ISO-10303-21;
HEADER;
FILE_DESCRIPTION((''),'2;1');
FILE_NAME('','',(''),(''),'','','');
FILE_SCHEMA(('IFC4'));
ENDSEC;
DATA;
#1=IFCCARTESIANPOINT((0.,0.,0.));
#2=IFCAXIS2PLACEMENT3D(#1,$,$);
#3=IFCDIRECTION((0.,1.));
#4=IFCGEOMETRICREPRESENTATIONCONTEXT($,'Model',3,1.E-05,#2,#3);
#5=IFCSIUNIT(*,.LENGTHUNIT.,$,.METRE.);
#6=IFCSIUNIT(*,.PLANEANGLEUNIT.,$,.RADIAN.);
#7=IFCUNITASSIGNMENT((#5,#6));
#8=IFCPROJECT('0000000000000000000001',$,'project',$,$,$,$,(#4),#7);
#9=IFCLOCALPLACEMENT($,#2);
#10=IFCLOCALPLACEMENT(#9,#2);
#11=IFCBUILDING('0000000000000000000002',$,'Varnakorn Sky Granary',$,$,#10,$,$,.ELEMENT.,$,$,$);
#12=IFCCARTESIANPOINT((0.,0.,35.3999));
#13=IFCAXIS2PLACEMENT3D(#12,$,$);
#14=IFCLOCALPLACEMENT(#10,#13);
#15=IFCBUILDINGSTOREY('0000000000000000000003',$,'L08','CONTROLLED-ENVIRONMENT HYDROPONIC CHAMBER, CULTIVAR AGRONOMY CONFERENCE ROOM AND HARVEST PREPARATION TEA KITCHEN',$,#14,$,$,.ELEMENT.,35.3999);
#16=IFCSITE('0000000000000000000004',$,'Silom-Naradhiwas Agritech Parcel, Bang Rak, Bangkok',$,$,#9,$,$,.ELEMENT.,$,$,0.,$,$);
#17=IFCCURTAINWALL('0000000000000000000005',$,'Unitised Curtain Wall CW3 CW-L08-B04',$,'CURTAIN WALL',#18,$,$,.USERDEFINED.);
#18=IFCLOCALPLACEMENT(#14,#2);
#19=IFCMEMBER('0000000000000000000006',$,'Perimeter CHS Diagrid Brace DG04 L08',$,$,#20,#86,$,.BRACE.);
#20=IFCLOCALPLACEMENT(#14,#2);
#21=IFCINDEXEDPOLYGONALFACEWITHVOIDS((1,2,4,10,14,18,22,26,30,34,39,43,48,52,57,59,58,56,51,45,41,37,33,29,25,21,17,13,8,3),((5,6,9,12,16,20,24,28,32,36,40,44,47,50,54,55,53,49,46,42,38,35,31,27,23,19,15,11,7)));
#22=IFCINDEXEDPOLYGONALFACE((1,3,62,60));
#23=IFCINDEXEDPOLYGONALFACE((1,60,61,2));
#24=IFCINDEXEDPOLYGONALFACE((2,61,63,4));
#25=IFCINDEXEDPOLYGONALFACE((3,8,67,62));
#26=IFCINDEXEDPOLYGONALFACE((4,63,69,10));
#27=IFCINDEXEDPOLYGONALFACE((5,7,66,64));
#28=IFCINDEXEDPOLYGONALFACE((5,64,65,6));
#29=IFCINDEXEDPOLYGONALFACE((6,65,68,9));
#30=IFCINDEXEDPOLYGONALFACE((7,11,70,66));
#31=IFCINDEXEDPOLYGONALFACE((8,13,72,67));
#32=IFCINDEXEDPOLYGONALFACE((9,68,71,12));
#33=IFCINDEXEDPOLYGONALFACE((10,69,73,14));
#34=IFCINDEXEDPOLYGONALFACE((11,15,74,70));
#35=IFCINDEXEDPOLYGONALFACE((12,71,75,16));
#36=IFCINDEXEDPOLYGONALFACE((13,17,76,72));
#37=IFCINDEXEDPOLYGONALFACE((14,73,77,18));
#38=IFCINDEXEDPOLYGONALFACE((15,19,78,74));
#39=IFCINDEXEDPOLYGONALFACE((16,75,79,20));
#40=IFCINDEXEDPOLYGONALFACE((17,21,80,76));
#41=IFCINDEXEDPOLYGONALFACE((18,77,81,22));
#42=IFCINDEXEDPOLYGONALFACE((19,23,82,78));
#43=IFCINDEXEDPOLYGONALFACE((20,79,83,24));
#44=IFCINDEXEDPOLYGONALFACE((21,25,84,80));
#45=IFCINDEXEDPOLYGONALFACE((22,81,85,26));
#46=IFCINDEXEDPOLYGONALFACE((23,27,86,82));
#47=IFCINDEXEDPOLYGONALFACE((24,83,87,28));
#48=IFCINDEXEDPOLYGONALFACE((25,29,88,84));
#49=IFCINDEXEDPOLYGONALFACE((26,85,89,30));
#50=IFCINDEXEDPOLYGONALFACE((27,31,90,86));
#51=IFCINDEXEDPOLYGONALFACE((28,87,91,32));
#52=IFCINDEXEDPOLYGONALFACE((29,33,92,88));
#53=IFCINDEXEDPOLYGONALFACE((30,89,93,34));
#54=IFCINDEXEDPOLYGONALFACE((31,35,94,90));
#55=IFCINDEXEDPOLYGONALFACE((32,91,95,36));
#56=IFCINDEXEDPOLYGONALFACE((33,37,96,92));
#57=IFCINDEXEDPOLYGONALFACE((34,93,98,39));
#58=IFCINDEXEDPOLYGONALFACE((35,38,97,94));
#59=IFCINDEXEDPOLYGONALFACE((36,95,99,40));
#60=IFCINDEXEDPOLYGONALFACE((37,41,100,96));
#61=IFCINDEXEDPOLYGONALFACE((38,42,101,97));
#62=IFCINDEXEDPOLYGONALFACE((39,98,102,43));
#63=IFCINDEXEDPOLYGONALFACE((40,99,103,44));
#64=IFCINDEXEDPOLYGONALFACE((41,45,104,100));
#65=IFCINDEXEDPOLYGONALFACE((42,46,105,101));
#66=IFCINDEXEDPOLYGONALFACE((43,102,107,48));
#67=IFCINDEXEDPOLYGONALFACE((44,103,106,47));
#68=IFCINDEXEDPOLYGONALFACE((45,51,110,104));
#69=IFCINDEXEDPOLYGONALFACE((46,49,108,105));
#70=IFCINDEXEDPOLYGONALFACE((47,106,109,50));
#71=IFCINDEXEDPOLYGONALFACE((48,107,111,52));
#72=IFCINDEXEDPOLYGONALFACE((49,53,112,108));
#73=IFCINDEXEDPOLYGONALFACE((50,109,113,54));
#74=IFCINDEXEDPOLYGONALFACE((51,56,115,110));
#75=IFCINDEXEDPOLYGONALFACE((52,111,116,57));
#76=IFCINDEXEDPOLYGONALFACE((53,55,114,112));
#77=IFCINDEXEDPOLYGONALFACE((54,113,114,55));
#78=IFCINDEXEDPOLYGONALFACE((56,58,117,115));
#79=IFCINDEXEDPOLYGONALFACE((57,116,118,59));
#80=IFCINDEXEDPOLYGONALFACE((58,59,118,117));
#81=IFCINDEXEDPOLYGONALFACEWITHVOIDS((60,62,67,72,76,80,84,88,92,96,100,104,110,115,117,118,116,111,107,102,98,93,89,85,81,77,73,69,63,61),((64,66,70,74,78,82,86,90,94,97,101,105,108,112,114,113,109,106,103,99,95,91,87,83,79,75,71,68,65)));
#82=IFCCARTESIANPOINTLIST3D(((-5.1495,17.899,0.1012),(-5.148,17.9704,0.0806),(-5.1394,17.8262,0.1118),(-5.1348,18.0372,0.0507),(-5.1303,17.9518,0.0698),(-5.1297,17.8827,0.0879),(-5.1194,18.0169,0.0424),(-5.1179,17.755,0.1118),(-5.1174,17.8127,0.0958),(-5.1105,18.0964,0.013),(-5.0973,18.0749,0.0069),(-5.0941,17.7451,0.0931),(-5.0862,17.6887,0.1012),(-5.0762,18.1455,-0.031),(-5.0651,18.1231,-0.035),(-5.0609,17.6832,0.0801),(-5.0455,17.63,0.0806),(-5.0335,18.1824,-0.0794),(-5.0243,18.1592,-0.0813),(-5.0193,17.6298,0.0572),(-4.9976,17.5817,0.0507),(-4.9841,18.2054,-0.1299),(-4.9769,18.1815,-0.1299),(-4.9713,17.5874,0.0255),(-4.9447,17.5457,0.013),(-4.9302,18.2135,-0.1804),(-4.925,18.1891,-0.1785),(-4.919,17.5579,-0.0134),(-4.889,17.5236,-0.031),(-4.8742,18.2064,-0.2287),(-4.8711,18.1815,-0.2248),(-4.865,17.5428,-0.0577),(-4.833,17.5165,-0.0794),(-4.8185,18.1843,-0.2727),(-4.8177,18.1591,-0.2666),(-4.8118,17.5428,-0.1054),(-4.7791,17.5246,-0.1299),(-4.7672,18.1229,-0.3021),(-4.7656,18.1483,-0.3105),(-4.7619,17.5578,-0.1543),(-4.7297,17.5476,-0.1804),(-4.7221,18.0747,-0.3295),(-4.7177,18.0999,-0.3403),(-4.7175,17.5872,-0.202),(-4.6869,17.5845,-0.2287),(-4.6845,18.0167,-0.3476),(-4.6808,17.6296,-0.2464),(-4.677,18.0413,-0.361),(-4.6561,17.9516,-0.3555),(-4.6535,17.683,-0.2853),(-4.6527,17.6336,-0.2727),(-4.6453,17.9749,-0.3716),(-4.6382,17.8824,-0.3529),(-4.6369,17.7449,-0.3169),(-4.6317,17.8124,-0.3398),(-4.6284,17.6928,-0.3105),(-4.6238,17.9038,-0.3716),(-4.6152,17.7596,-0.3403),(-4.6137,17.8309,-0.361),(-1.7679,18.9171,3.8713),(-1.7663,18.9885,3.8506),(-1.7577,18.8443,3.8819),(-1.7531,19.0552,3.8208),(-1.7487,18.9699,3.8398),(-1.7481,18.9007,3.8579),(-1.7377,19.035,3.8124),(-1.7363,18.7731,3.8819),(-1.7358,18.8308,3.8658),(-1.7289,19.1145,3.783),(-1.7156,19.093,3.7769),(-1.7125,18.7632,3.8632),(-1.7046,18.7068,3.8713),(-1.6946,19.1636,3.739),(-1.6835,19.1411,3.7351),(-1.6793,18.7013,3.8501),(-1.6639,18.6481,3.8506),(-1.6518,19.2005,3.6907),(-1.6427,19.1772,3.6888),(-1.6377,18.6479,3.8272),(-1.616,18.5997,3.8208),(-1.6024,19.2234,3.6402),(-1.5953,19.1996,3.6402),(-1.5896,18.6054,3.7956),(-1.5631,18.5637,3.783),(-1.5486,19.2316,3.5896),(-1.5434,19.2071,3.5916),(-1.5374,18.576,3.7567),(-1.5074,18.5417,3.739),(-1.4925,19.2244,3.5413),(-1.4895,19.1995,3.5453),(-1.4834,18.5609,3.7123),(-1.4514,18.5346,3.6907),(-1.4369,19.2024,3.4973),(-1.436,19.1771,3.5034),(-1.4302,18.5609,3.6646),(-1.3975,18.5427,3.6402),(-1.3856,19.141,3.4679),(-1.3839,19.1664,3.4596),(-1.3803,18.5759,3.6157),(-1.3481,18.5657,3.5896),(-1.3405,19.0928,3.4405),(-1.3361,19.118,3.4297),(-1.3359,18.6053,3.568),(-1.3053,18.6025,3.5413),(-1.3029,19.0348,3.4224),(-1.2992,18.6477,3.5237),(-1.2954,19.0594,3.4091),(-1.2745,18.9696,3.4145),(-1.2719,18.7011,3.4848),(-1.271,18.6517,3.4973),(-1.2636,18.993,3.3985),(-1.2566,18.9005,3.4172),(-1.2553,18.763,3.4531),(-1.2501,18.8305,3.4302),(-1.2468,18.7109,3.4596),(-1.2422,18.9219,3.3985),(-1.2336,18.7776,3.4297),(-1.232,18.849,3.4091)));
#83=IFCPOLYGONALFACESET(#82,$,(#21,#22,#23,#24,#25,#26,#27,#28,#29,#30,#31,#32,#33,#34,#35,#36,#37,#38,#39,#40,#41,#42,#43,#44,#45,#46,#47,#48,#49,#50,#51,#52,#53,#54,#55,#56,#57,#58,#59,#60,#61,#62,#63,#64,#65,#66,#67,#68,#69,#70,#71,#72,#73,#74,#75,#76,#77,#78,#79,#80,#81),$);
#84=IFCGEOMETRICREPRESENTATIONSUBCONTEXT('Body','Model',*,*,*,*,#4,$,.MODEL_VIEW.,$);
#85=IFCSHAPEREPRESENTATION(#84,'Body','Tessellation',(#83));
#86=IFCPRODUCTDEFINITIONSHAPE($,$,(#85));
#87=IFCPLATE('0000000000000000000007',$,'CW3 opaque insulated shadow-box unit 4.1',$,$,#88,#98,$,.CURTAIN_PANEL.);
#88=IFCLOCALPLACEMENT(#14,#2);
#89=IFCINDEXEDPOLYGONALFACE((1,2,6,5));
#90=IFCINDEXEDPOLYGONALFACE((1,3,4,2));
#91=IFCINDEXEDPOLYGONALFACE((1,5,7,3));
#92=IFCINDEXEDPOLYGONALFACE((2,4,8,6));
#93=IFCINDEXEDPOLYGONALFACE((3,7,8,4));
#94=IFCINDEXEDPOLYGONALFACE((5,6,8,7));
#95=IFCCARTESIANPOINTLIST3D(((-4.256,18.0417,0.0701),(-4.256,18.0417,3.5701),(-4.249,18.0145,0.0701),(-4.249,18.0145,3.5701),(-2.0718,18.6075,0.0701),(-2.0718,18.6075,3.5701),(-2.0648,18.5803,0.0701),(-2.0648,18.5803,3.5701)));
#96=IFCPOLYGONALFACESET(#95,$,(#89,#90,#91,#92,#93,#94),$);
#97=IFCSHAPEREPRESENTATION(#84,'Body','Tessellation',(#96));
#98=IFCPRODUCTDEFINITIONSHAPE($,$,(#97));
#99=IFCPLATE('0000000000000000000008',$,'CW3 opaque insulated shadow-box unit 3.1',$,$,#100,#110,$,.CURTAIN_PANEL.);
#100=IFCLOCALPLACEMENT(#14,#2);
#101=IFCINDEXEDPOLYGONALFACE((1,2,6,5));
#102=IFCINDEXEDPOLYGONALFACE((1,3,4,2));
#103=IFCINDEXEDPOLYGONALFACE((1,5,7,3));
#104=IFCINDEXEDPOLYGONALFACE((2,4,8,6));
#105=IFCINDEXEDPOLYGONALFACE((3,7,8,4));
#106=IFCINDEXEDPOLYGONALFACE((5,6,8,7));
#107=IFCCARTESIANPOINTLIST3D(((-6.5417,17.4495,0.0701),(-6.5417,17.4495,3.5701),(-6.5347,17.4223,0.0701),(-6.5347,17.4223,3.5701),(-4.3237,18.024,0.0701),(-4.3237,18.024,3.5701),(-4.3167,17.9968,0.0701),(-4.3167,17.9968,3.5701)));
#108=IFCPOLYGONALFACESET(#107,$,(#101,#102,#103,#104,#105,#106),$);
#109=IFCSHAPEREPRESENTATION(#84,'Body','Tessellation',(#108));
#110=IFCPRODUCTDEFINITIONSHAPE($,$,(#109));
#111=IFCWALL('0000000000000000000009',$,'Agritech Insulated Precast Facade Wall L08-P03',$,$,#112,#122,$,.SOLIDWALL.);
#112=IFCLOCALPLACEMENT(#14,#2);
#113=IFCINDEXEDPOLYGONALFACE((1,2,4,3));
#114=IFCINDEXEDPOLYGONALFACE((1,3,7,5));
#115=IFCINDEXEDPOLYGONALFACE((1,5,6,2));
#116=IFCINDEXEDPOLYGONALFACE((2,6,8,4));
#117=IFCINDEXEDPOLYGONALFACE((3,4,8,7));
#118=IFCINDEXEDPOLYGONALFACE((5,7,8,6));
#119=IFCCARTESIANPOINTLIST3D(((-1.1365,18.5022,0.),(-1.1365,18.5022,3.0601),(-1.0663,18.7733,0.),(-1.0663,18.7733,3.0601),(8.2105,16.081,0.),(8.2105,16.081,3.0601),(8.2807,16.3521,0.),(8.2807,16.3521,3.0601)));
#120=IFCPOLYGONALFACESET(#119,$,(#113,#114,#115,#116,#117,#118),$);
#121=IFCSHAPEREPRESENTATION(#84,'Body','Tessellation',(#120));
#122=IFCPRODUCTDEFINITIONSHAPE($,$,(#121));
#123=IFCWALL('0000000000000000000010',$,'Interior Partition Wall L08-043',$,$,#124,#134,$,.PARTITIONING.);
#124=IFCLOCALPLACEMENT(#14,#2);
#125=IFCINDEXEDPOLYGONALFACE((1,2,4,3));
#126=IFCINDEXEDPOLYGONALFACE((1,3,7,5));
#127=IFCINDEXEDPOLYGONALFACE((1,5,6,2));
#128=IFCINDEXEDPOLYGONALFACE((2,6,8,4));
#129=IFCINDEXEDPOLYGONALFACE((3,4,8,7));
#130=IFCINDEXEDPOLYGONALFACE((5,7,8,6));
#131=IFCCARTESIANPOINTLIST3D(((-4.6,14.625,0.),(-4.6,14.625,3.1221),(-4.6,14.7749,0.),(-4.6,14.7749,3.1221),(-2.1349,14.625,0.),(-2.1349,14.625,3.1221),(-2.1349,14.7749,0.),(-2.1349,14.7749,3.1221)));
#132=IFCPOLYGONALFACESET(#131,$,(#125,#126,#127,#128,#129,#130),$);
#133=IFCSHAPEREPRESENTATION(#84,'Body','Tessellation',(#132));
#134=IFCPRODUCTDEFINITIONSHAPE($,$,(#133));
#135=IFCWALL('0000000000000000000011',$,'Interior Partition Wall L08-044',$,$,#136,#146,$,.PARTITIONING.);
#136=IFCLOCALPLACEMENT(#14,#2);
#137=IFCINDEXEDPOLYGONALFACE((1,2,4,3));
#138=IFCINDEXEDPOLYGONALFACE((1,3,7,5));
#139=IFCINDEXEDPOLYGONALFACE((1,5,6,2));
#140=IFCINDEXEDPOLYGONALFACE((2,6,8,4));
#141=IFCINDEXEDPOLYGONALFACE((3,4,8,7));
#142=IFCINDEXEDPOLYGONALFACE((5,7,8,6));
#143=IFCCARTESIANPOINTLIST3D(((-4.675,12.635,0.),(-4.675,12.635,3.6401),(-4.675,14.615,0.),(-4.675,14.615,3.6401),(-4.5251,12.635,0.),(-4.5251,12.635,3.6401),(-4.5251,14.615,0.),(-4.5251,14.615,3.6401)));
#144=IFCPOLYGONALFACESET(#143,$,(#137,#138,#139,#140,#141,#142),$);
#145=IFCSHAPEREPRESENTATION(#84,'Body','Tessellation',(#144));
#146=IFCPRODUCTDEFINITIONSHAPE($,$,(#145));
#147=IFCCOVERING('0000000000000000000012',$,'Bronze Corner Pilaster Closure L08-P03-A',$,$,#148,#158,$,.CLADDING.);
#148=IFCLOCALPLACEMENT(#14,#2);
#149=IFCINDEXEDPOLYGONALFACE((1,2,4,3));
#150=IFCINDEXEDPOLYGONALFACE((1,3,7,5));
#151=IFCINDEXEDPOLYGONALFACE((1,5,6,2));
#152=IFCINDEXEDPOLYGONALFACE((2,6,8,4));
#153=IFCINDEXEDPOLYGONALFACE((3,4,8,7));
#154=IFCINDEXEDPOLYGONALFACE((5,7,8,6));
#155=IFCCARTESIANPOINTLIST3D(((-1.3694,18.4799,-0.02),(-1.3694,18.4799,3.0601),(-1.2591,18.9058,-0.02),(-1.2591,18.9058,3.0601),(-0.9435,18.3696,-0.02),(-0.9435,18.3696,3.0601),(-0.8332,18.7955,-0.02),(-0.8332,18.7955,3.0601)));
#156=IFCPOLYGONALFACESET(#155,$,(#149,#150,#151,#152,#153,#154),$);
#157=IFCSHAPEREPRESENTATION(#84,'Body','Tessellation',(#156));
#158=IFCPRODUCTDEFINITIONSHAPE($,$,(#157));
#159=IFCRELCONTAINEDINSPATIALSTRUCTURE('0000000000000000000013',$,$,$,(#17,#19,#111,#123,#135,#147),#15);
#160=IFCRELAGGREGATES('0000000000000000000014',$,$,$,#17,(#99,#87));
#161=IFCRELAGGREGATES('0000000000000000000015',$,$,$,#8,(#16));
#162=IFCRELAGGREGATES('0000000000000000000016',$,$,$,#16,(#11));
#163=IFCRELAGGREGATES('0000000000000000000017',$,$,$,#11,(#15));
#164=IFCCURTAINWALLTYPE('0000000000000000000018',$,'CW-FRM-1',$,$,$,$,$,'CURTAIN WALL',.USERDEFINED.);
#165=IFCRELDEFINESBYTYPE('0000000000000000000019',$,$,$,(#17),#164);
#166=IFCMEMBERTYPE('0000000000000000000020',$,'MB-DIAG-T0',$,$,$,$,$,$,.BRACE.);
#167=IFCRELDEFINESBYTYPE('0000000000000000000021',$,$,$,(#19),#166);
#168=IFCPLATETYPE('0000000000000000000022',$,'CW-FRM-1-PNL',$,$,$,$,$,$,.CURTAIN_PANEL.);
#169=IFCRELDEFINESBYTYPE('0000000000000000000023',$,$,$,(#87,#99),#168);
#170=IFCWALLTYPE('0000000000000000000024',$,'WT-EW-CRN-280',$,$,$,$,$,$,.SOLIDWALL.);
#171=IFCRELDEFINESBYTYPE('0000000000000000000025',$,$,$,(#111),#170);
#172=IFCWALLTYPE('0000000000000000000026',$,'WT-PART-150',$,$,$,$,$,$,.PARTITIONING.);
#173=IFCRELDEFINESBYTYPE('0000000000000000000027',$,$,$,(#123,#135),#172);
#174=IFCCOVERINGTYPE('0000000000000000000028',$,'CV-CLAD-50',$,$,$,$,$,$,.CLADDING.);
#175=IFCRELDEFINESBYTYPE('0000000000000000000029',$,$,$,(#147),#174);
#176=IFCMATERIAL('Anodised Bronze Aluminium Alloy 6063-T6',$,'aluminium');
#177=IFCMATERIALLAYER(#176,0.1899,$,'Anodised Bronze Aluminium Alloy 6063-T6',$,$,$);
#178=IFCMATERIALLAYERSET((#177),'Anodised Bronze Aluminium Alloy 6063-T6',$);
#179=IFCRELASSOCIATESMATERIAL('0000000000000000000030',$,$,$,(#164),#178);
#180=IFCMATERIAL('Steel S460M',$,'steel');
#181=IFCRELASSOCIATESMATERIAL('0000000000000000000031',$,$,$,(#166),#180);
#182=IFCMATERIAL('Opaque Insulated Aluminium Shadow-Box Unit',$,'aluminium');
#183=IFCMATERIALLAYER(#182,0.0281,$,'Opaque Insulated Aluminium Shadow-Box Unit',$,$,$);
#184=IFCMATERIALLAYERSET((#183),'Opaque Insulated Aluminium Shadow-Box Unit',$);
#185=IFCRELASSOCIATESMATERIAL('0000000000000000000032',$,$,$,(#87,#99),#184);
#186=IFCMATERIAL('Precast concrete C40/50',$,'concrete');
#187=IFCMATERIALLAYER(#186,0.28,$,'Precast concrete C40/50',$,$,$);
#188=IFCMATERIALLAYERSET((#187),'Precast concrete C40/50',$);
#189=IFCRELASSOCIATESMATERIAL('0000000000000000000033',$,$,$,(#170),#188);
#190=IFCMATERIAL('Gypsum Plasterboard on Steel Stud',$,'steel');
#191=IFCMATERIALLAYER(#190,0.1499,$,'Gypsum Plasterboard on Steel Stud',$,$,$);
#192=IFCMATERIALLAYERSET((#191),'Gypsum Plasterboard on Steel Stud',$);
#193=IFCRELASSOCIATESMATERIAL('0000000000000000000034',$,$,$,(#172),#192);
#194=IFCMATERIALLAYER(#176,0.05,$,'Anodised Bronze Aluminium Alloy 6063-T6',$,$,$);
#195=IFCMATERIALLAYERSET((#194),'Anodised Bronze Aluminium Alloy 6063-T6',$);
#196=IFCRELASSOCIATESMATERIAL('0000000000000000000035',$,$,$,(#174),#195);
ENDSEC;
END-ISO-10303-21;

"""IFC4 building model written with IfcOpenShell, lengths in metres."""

from ifc_helpers import new_model, si_unit, direction, frame, frame_2d, origin, origin_2d, place, context, subcontext, project, spatial, rectangle, hollow_circle, extrude, source, transform, mapped, material, layer, layer_set, material_profile, profile_set, type_object, type_shapes, element, aggregate, save


model = new_model("IFC4")

# Units and contexts
model_context = context("Model", 3, precision=1e-05, world=origin(), true_north=direction((0.0, 1.0)))
body_context = subcontext(model_context, "Body", "Model", "MODEL_VIEW")
ifc_project = project(units=[si_unit("LENGTHUNIT", "METRE"), si_unit("PLANEANGLEUNIT", "RADIAN")], contexts=[model_context])

# Site, building, storey
site_placement = place(None, origin())
site = spatial("IfcSite", under=ifc_project, at=site_placement, Name="Silom-Naradhiwas Agritech Parcel, Bang Rak, Bangkok", CompositionType="ELEMENT", RefElevation=0.0)
building_placement = place(site_placement, origin())
building = spatial("IfcBuilding", under=site, at=building_placement, Name="Varnakorn Sky Granary", CompositionType="ELEMENT")
storey_placement = place(building_placement, frame((0.0, 0.0, 35.3999)))
storey = spatial("IfcBuildingStorey", under=building, at=storey_placement, Name="L08", Description="CONTROLLED-ENVIRONMENT HYDROPONIC CHAMBER, CULTIVAR AGRONOMY CONFERENCE ROOM AND HARVEST PREPARATION TEA KITCHEN", CompositionType="ELEMENT", Elevation=35.3999)

# Shared definitions
ifc_material_1 = material(Name="Steel S460M", Category="steel")

# Curtain wall
ifc_material_2 = material(Name="Anodised Bronze Aluminium Alloy 6063-T6", Category="aluminium")
ifc_layer_1 = layer(ifc_material_2, 0.1899, Name="Anodised Bronze Aluminium Alloy 6063-T6")
ifc_layer_set_1 = layer_set([ifc_layer_1], Name="Anodised Bronze Aluminium Alloy 6063-T6")
curtain_wall_type = type_object("IfcCurtainWallType", Name="CW-FRM-1", ElementType="CURTAIN WALL", PredefinedType="USERDEFINED", material=ifc_layer_set_1)
curtain_wall_placement = place(storey_placement, origin())
curtain_wall = element("IfcCurtainWall", 1, at=curtain_wall_placement, inside=storey, type_object=curtain_wall_type, Name="Unitised Curtain Wall CW3 CW-L08-B04", ObjectType="CURTAIN WALL", PredefinedType="USERDEFINED")

# Member
ifc_material_profile_1 = material_profile(ifc_material_1, hollow_circle(Radius=0.3555, WallThickness=0.0249, at=origin_2d()), Name="CHS 711x25")
ifc_profile_set_1 = profile_set([ifc_material_profile_1], Name="Steel S460M")
member_type_1 = type_object("IfcMemberType", Name="MB-DIAG-T0", PredefinedType="BRACE", material=ifc_profile_set_1)
member_1_placement = place(storey_placement, frame((-4.8816, 17.865, -0.1299), z_axis=(0.654622, 0.197081, 0.729815), x_axis=(-0.28828, 0.957546, 0.0)))
element("IfcMember", 2, at=member_1_placement, inside=storey, type_object=member_type_1, Name="Perimeter CHS Diagrid Brace DG04 L08", PredefinedType="BRACE", context=body_context, shape_type="SweptSolid", body=[
    extrude(hollow_circle(Radius=0.3555, WallThickness=0.0249, at=origin_2d()), origin(), (0.0, 0.0, 1.0), 5.1658),
])

# Plates
ifc_material_3 = material(Name="Opaque Insulated Aluminium Shadow-Box Unit", Category="aluminium")
ifc_layer_2 = layer(ifc_material_3, 0.0281, Name="Opaque Insulated Aluminium Shadow-Box Unit")
ifc_layer_set_2 = layer_set([ifc_layer_2], Name="Opaque Insulated Aluminium Shadow-Box Unit")
plate_type = type_object("IfcPlateType", Name="CW-FRM-1-PNL", PredefinedType="CURTAIN_PANEL")
shared_shape_1 = source(origin(), body_context, "Body", "SweptSolid", [
    extrude(rectangle(XDim=2.2563, YDim=0.0281, at=origin_2d()), origin(), (0.0, 0.0, 1.0), 3.5),
])
plate_1_placement = place(storey_placement, frame((-3.1604, 18.311, 0.0701), z_axis=(0.0, 0.0, 1.0), x_axis=(0.968049, 0.25076, 0.0)))
plate_1 = element("IfcPlate", 3, at=plate_1_placement, type_object=plate_type, material=ifc_layer_set_2, Name="CW3 opaque insulated shadow-box unit 4.1", PredefinedType="CURTAIN_PANEL", context=body_context, shape_type="MappedRepresentation", body=[
    mapped(shared_shape_1, transform((0.0, 0.0, 0.0), x_axis=(1.0, 0.0, 0.0), y_axis=(0.0, 1.0, 0.0), z_axis=(0.0, 0.0, 1.0), scale=1.0)),
])
shared_shape_2 = source(origin(), body_context, "Body", "SweptSolid", [
    extrude(rectangle(XDim=2.2913, YDim=0.0281, at=origin_2d()), origin(), (0.0, 0.0, 1.0), 3.5),
])
type_shapes(plate_type, [shared_shape_1, shared_shape_2])
plate_2_placement = place(storey_placement, frame((-5.4292, 17.7231, 0.0701), z_axis=(0.0, 0.0, 1.0), x_axis=(0.968049, 0.25076, 0.0)))
plate_2 = element("IfcPlate", 4, at=plate_2_placement, type_object=plate_type, material=ifc_layer_set_2, Name="CW3 opaque insulated shadow-box unit 3.1", PredefinedType="CURTAIN_PANEL", context=body_context, shape_type="MappedRepresentation", body=[
    mapped(shared_shape_2, transform((0.0, 0.0, 0.0), x_axis=(1.0, 0.0, 0.0), y_axis=(0.0, 1.0, 0.0), z_axis=(0.0, 0.0, 1.0), scale=1.0)),
])
aggregate(curtain_wall, [plate_2, plate_1])

# Walls
ifc_material_4 = material(Name="Precast concrete C40/50", Category="concrete")
ifc_layer_3 = layer(ifc_material_4, 0.28, Name="Precast concrete C40/50")
ifc_layer_set_3 = layer_set([ifc_layer_3], Name="Precast concrete C40/50")
wall_type_1 = type_object("IfcWallType", Name="WT-EW-CRN-280", PredefinedType="SOLIDWALL", material=ifc_layer_set_3)
wall_1_placement = place(storey_placement, frame((-1.1013, 18.6377, 0.0), z_axis=(0.0, 0.0, 1.0), x_axis=(0.968051, -0.250755, 0.0)))
element("IfcWall", 5, at=wall_1_placement, inside=storey, type_object=wall_type_1, Name="Agritech Insulated Precast Facade Wall L08-P03", PredefinedType="SOLIDWALL", context=body_context, shape_type="SweptSolid", body=[
    extrude(rectangle(XDim=9.6555, YDim=0.28, at=frame_2d((4.8276, 0.0))), origin(), (0.0, 0.0, 1.0), 3.0601),
])
ifc_material_5 = material(Name="Gypsum Plasterboard on Steel Stud", Category="steel")
ifc_layer_4 = layer(ifc_material_5, 0.1499, Name="Gypsum Plasterboard on Steel Stud")
ifc_layer_set_4 = layer_set([ifc_layer_4], Name="Gypsum Plasterboard on Steel Stud")
wall_type_2 = type_object("IfcWallType", Name="WT-PART-150", PredefinedType="PARTITIONING", material=ifc_layer_set_4)
wall_2_placement = place(storey_placement, frame((-2.135, 14.7, 0.0), z_axis=(0.0, 0.0, 1.0), x_axis=(-1.0, 0.0, 0.0)))
element("IfcWall", 6, at=wall_2_placement, inside=storey, type_object=wall_type_2, Name="Interior Partition Wall L08-043", PredefinedType="PARTITIONING", context=body_context, shape_type="SweptSolid", body=[
    extrude(rectangle(XDim=2.4651, YDim=0.1499, at=frame_2d((1.2324, 0.0))), origin(), (0.0, 0.0, 1.0), 3.1221),
])
wall_3_placement = place(storey_placement, frame((-4.6001, 14.615, 0.0), z_axis=(0.0, 0.0, 1.0), x_axis=(0.0, -1.0, 0.0)))
element("IfcWall", 7, at=wall_3_placement, inside=storey, type_object=wall_type_2, Name="Interior Partition Wall L08-044", PredefinedType="PARTITIONING", context=body_context, shape_type="SweptSolid", body=[
    extrude(rectangle(XDim=1.98, YDim=0.1499, at=frame_2d((0.99, 0.0))), origin(), (0.0, 0.0, 1.0), 3.6401),
])

# Covering
ifc_layer_5 = layer(ifc_material_2, 0.05, Name="Anodised Bronze Aluminium Alloy 6063-T6")
ifc_layer_set_5 = layer_set([ifc_layer_5], Name="Anodised Bronze Aluminium Alloy 6063-T6")
covering_type = type_object("IfcCoveringType", Name="CV-CLAD-50", PredefinedType="CLADDING", material=ifc_layer_set_5)
shared_shape_3 = source(origin(), body_context, "Body", "SweptSolid", [
    extrude(rectangle(XDim=0.4399, YDim=0.4399, at=origin_2d()), origin(), (0.0, 0.0, 1.0), 3.0801),
])
type_shapes(covering_type, [shared_shape_3])
covering_placement = place(storey_placement, frame((-1.1013, 18.6377, -0.02), z_axis=(0.0, 0.0, 1.0), x_axis=(0.96806, -0.250718, 0.0)))
element("IfcCovering", 8, at=covering_placement, inside=storey, type_object=covering_type, Name="Bronze Corner Pilaster Closure L08-P03-A", PredefinedType="CLADDING", context=body_context, shape_type="MappedRepresentation", body=[
    mapped(shared_shape_3, transform((0.0, 0.0, 0.0), x_axis=(1.0, 0.0, 0.0), y_axis=(0.0, 1.0, 0.0), z_axis=(0.0, 0.0, 1.0), scale=1.0)),
])

save(model, "model.ifc")
